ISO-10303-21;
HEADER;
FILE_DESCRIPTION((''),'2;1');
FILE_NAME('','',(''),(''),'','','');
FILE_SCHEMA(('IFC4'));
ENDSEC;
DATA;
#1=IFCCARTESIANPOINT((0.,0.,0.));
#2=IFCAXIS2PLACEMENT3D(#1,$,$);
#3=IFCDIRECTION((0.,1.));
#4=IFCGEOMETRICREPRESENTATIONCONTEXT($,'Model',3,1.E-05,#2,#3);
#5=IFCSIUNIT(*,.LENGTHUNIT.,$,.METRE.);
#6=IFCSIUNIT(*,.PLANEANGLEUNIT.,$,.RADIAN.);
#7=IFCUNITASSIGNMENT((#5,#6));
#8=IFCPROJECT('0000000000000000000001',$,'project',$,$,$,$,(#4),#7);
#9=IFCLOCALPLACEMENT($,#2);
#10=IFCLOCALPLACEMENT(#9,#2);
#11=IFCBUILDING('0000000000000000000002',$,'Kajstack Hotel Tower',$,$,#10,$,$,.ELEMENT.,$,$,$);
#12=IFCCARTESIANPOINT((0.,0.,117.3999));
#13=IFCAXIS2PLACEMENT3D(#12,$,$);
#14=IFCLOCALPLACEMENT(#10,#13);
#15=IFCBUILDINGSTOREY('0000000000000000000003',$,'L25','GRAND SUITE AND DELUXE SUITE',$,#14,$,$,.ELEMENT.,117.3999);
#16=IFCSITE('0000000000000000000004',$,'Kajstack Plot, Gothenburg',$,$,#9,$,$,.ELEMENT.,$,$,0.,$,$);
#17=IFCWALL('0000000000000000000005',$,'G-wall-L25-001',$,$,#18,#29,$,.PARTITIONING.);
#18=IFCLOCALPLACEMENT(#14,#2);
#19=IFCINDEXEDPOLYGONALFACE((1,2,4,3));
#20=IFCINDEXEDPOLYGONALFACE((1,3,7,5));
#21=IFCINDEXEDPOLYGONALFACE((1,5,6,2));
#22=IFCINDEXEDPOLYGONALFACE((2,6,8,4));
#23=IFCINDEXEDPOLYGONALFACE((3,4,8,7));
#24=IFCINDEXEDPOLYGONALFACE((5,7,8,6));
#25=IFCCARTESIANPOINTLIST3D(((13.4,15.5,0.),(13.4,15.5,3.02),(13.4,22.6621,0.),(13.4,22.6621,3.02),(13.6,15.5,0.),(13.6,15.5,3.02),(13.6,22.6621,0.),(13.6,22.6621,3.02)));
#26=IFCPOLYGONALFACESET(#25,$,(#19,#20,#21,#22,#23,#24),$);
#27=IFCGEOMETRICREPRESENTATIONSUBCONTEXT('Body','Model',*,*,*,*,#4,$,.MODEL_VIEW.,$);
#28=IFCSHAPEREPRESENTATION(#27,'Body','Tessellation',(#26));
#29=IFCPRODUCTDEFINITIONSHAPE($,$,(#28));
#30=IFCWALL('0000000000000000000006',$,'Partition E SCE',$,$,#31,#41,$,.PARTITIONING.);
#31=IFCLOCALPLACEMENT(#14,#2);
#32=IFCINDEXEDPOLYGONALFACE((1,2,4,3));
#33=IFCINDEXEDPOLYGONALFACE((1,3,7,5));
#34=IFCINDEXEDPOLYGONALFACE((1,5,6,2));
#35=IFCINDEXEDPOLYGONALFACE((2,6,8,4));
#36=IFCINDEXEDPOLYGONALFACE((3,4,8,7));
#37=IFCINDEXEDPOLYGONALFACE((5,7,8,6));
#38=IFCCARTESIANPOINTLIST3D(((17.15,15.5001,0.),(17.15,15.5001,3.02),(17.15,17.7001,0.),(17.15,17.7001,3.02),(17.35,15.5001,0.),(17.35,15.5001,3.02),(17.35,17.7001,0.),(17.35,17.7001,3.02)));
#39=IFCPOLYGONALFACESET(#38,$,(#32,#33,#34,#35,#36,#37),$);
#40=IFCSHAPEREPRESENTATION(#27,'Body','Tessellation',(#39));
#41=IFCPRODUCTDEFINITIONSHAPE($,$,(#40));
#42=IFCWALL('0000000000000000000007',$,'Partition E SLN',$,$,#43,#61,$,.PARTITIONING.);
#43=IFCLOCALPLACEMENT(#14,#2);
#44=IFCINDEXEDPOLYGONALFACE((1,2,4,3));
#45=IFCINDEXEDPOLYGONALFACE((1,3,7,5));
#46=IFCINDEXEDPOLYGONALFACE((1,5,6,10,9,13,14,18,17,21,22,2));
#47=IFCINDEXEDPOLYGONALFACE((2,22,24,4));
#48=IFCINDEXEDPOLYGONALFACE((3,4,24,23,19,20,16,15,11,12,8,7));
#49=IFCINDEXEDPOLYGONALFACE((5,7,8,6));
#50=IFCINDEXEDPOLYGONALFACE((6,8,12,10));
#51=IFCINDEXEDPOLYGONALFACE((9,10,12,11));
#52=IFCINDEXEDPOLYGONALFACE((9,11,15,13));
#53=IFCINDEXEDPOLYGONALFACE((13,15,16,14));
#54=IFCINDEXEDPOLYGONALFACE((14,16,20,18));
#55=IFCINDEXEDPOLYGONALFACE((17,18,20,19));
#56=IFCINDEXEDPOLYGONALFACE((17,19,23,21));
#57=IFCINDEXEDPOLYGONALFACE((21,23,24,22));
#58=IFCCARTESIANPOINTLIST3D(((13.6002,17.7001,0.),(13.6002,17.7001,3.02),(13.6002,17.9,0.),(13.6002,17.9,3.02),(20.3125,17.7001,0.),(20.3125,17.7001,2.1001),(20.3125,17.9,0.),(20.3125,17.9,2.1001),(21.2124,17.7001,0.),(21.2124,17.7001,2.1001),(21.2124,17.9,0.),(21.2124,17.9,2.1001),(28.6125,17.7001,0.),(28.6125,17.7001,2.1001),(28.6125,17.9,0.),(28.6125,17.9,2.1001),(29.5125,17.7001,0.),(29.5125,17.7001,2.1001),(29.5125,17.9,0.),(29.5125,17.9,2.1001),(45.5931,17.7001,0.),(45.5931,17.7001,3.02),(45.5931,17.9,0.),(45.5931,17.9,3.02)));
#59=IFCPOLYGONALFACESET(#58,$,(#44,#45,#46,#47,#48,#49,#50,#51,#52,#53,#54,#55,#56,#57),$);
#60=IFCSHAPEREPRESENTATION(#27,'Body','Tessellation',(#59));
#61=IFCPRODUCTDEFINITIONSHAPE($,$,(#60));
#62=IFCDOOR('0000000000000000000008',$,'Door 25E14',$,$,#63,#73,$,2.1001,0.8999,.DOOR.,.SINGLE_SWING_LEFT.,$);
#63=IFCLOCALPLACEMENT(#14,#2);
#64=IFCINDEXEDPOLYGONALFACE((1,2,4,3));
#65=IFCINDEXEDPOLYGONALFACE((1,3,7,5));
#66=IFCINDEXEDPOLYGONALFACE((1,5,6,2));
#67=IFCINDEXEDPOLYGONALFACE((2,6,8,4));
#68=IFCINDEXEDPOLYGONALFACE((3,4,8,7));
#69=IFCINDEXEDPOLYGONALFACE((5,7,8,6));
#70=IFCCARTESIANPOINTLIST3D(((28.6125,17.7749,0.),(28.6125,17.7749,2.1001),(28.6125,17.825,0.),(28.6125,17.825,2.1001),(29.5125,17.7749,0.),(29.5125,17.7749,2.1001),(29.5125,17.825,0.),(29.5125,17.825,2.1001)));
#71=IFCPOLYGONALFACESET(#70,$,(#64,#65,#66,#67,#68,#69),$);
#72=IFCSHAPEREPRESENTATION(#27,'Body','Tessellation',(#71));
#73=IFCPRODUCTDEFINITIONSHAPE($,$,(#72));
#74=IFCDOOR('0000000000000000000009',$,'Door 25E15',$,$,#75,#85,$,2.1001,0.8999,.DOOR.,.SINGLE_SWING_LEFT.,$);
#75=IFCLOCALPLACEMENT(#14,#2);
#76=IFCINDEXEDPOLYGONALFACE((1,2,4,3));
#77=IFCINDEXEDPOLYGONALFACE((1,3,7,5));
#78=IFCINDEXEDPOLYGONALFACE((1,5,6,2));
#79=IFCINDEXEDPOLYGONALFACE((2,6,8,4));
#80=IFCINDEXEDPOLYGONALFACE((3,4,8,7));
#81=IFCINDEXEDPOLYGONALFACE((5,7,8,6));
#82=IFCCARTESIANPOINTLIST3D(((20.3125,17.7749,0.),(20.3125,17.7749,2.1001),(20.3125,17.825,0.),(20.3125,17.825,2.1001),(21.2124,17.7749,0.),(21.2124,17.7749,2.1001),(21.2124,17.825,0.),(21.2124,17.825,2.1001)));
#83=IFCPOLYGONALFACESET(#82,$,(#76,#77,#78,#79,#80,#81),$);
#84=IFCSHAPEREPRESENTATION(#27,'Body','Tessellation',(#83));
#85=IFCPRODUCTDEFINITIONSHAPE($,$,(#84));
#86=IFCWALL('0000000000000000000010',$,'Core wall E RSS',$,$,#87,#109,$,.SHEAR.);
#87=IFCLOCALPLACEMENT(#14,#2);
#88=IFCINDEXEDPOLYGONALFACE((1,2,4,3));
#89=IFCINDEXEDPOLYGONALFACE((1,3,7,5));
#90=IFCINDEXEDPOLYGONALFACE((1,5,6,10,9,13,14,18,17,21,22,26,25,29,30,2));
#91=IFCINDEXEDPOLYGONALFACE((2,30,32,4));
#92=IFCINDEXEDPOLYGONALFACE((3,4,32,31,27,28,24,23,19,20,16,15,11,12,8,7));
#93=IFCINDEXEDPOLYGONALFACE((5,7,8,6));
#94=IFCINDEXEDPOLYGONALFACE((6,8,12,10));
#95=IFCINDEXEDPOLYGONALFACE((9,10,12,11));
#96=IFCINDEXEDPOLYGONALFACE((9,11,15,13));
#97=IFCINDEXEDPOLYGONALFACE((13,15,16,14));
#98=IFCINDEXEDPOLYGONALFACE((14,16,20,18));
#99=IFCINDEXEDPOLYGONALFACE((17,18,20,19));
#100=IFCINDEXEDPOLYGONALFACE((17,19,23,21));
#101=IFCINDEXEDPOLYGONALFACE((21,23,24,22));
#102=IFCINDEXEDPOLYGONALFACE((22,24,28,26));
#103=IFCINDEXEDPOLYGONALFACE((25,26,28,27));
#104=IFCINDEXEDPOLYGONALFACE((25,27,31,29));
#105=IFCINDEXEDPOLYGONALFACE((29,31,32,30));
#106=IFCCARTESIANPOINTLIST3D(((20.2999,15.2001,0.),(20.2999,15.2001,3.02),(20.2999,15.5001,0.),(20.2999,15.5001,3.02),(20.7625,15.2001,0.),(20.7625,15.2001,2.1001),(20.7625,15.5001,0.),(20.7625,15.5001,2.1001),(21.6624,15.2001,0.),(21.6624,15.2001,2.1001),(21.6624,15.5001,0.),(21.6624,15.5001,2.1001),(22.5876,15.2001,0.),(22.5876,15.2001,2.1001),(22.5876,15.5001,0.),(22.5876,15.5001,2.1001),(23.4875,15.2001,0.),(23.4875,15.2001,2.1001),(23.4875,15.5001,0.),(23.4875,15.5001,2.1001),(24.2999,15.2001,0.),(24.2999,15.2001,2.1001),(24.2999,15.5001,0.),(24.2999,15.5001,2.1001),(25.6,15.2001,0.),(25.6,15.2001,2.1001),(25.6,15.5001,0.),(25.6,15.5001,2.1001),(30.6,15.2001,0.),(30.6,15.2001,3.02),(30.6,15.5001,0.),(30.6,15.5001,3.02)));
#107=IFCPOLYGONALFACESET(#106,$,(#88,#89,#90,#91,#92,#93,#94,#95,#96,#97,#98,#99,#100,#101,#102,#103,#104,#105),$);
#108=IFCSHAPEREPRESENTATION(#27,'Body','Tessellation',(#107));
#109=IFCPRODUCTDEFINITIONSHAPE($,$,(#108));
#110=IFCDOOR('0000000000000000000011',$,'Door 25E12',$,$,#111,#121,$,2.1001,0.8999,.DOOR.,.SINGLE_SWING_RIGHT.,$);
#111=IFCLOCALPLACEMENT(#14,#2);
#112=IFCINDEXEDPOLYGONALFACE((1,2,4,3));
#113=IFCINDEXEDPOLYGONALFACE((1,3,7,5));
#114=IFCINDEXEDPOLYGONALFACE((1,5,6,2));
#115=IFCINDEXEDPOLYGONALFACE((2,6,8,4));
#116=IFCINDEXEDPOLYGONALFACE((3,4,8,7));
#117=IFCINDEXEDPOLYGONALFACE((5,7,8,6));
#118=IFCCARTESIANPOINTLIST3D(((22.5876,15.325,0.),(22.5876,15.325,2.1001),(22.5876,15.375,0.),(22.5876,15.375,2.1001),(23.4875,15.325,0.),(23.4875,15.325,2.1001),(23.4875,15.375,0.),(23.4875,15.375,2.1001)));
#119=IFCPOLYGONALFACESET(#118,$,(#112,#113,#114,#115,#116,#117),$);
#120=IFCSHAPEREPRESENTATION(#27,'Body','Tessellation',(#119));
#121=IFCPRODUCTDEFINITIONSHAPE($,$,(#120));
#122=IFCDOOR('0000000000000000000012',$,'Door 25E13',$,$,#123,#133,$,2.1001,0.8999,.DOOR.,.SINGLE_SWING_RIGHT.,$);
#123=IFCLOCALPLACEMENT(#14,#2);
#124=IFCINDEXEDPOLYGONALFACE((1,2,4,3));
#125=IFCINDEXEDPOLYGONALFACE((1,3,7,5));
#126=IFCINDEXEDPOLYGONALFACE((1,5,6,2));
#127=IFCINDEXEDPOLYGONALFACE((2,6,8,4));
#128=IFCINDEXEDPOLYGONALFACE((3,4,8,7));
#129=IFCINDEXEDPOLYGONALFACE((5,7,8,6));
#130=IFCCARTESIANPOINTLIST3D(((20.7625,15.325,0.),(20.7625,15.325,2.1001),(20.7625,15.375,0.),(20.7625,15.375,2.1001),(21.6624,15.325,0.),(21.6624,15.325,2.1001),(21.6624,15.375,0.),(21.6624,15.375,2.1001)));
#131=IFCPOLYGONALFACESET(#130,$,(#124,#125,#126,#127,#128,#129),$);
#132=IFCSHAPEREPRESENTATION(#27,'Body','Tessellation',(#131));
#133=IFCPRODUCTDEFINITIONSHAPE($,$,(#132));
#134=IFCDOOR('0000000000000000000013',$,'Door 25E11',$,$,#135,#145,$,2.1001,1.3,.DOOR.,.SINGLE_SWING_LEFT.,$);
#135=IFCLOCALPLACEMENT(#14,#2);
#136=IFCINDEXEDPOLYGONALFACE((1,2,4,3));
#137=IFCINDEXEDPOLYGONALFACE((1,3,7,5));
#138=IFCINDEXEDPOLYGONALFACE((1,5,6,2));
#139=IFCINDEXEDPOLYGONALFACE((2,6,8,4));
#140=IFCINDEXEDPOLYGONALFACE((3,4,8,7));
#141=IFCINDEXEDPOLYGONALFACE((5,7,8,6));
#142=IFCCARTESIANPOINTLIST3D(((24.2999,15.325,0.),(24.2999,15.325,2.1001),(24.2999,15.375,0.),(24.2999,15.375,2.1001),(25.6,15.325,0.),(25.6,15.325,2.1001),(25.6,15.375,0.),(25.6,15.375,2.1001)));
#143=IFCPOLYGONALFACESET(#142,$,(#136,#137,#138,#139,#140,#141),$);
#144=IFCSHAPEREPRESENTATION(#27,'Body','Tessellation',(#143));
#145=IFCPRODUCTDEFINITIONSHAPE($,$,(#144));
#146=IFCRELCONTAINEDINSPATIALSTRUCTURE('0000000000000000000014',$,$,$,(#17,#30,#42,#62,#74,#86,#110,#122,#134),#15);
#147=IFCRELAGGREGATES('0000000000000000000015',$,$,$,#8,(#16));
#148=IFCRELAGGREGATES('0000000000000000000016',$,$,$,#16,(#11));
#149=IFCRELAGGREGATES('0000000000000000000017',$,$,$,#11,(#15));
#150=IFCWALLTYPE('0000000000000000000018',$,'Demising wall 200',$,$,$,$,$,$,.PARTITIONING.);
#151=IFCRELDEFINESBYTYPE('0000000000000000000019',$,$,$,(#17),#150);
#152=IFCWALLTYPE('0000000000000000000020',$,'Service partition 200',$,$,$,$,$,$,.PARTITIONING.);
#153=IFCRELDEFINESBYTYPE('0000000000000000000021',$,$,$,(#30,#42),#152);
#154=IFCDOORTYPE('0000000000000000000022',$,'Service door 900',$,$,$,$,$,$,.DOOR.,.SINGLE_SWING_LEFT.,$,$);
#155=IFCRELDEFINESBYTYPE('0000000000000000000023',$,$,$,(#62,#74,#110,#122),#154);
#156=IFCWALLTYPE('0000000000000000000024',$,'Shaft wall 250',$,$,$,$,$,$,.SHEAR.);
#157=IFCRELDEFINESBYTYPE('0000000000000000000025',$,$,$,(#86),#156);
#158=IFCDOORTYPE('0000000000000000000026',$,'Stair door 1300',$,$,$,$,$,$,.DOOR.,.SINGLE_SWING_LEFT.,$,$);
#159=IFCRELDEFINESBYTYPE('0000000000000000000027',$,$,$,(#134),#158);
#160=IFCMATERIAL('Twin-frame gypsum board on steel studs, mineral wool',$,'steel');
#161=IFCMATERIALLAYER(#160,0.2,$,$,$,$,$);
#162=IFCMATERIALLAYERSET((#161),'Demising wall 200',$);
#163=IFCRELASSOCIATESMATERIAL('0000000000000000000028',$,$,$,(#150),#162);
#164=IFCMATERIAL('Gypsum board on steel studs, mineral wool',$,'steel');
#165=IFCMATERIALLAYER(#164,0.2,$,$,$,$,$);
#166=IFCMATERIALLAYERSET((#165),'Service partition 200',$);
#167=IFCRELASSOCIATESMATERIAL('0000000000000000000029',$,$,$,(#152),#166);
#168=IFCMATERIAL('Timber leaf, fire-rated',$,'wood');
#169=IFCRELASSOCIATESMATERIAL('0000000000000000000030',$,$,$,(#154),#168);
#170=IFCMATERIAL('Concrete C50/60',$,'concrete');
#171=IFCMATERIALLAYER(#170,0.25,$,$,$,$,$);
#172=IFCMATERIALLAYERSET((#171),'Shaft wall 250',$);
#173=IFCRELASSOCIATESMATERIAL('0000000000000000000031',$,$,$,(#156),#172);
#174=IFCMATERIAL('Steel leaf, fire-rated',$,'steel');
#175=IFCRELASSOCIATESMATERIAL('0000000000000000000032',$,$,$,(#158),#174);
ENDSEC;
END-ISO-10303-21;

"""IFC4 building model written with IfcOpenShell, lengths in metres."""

from ifc_helpers import new_model, si_unit, direction, frame, frame_2d, origin, place, context, subcontext, project, spatial, rectangle, extrude, material, layer, layer_set, type_object, element, fill, save


model = new_model("IFC4")

# Units and contexts
model_context = context("Model", 3, precision=1e-05, world=origin(), true_north=direction((0.0, 1.0)))
body_context = subcontext(model_context, "Body", "Model", "MODEL_VIEW")
ifc_project = project(units=[si_unit("LENGTHUNIT", "METRE"), si_unit("PLANEANGLEUNIT", "RADIAN")], contexts=[model_context])

# Site, building, storey
site_placement = place(None, origin())
site = spatial("IfcSite", under=ifc_project, at=site_placement, Name="Kajstack Plot, Gothenburg", CompositionType="ELEMENT", RefElevation=0.0)
building_placement = place(site_placement, origin())
building = spatial("IfcBuilding", under=site, at=building_placement, Name="Kajstack Hotel Tower", CompositionType="ELEMENT")
storey_placement = place(building_placement, frame((0.0, 0.0, 117.3999)))
storey = spatial("IfcBuildingStorey", under=building, at=storey_placement, Name="L25", Description="GRAND SUITE AND DELUXE SUITE", CompositionType="ELEMENT", Elevation=117.3999)

# Wall
ifc_material_1 = material(Name="Twin-frame gypsum board on steel studs, mineral wool", Category="steel")
ifc_layer_1 = layer(ifc_material_1, 0.2)
ifc_layer_set_1 = layer_set([ifc_layer_1], Name="Demising wall 200")
wall_type_1 = type_object("IfcWallType", Name="Demising wall 200", PredefinedType="PARTITIONING", material=ifc_layer_set_1)
wall_1_placement = place(storey_placement, frame((13.5, 15.5, 0.0), z_axis=(0.0, 0.0, 1.0), x_axis=(0.0, 1.0, 0.0)))
element("IfcWall", 1, at=wall_1_placement, inside=storey, type_object=wall_type_1, Name="G-wall-L25-001", PredefinedType="PARTITIONING", context=body_context, shape_type="SweptSolid", body=[
    extrude(rectangle(XDim=7.1621, YDim=0.2, at=frame_2d((3.5811, 0.0))), origin(), (0.0, 0.0, 1.0), 3.02),
])

# Wall
ifc_material_2 = material(Name="Gypsum board on steel studs, mineral wool", Category="steel")
ifc_layer_2 = layer(ifc_material_2, 0.2)
ifc_layer_set_2 = layer_set([ifc_layer_2], Name="Service partition 200")
wall_type_2 = type_object("IfcWallType", Name="Service partition 200", PredefinedType="PARTITIONING", material=ifc_layer_set_2)
wall_2_placement = place(storey_placement, frame((17.25, 15.5, 0.0), z_axis=(0.0, 0.0, 1.0), x_axis=(0.0, 1.0, 0.0)))
element("IfcWall", 2, at=wall_2_placement, inside=storey, type_object=wall_type_2, Name="Partition E SCE", PredefinedType="PARTITIONING", context=body_context, shape_type="SweptSolid", body=[
    extrude(rectangle(XDim=2.2, YDim=0.2, at=frame_2d((1.1001, 0.0))), origin(), (0.0, 0.0, 1.0), 3.02),
])

# Walls, openings, doors
wall_3_placement = place(storey_placement, frame((13.6001, 17.8, 0.0), z_axis=(0.0, 0.0, 1.0), x_axis=(1.0, 0.0, 0.0)))
wall_3 = element("IfcWall", 3, at=wall_3_placement, inside=storey, type_object=wall_type_2, Name="Partition E SLN", PredefinedType="PARTITIONING", context=body_context, shape_type="SweptSolid", body=[
    extrude(rectangle(XDim=31.9929, YDim=0.2, at=frame_2d((15.9966, 0.0))), origin(), (0.0, 0.0, 1.0), 3.02),
])
opening_1_placement = place(wall_3_placement, frame((15.0125, 0.0, 0.0)))
opening_1 = element("IfcOpeningElement", 4, at=opening_1_placement, cuts=wall_3, PredefinedType="OPENING", context=body_context, shape_type="SweptSolid", body=[
    extrude(rectangle(XDim=0.8999, YDim=2.1001, at=frame_2d((0.45, 1.05))), frame((0.0, 0.1099, 0.0), z_axis=(0.0, -1.0, 0.0), x_axis=(1.0, 0.0, 0.0)), (0.0, 0.0, 1.0), 0.22),
])
opening_2_placement = place(wall_3_placement, frame((6.7124, 0.0, 0.0)))
opening_2 = element("IfcOpeningElement", 5, at=opening_2_placement, cuts=wall_3, PredefinedType="OPENING", context=body_context, shape_type="SweptSolid", body=[
    extrude(rectangle(XDim=0.8999, YDim=2.1001, at=frame_2d((0.45, 1.05))), frame((0.0, 0.1099, 0.0), z_axis=(0.0, -1.0, 0.0), x_axis=(1.0, 0.0, 0.0)), (0.0, 0.0, 1.0), 0.22),
])
ifc_material_3 = material(Name="Timber leaf, fire-rated", Category="wood")
door_type_1 = type_object("IfcDoorType", Name="Service door 900", OperationType="SINGLE_SWING_LEFT", PredefinedType="DOOR", material=ifc_material_3)
door_1_placement = place(opening_1_placement, origin())
door_1 = element("IfcDoor", 6, at=door_1_placement, inside=storey, type_object=door_type_1, Name="Door 25E14", OperationType="SINGLE_SWING_LEFT", OverallHeight=2.1001, OverallWidth=0.8999, PredefinedType="DOOR", context=body_context, shape_type="SweptSolid", body=[
    extrude(rectangle(XDim=0.8999, YDim=2.1001, at=frame_2d((0.45, 1.05))), frame((0.0, 0.0249, 0.0), z_axis=(0.0, -1.0, 0.0), x_axis=(1.0, 0.0, 0.0)), (0.0, 0.0, 1.0), 0.05),
])
fill(opening_1, door_1)
door_2_placement = place(opening_2_placement, origin())
door_2 = element("IfcDoor", 7, at=door_2_placement, inside=storey, type_object=door_type_1, Name="Door 25E15", OperationType="SINGLE_SWING_LEFT", OverallHeight=2.1001, OverallWidth=0.8999, PredefinedType="DOOR", context=body_context, shape_type="SweptSolid", body=[
    extrude(rectangle(XDim=0.8999, YDim=2.1001, at=frame_2d((0.45, 1.05))), frame((0.0, 0.0249, 0.0), z_axis=(0.0, -1.0, 0.0), x_axis=(1.0, 0.0, 0.0)), (0.0, 0.0, 1.0), 0.05),
])
fill(opening_2, door_2)
ifc_material_4 = material(Name="Concrete C50/60", Category="concrete")
ifc_layer_3 = layer(ifc_material_4, 0.25)
ifc_layer_set_3 = layer_set([ifc_layer_3], Name="Shaft wall 250")
wall_type_3 = type_object("IfcWallType", Name="Shaft wall 250", PredefinedType="SHEAR", material=ifc_layer_set_3)
wall_4_placement = place(storey_placement, frame((20.3, 15.3501, 0.0), z_axis=(0.0, 0.0, 1.0), x_axis=(1.0, 0.0, 0.0)))
wall_4 = element("IfcWall", 8, at=wall_4_placement, inside=storey, type_object=wall_type_3, Name="Core wall E RSS", PredefinedType="SHEAR", context=body_context, shape_type="SweptSolid", body=[
    extrude(rectangle(XDim=10.3, YDim=0.3, at=frame_2d((5.1499, 0.0))), origin(), (0.0, 0.0, 1.0), 3.02),
])
opening_3_placement = place(wall_4_placement, frame((4.0, 0.0, 0.0)))
opening_3 = element("IfcOpeningElement", 9, at=opening_3_placement, cuts=wall_4, PredefinedType="OPENING", context=body_context, shape_type="SweptSolid", body=[
    extrude(rectangle(XDim=1.3, YDim=2.1001, at=frame_2d((0.6499, 1.05))), frame((0.0, 0.1599, 0.0), z_axis=(0.0, -1.0, 0.0), x_axis=(1.0, 0.0, 0.0)), (0.0, 0.0, 1.0), 0.3201),
])
opening_4_placement = place(wall_4_placement, frame((2.2876, 0.0, 0.0)))
opening_4 = element("IfcOpeningElement", 10, at=opening_4_placement, cuts=wall_4, PredefinedType="OPENING", context=body_context, shape_type="SweptSolid", body=[
    extrude(rectangle(XDim=0.8999, YDim=2.1001, at=frame_2d((0.45, 1.05))), frame((0.0, 0.1599, 0.0), z_axis=(0.0, -1.0, 0.0), x_axis=(1.0, 0.0, 0.0)), (0.0, 0.0, 1.0), 0.3201),
])
opening_5_placement = place(wall_4_placement, frame((0.4624, 0.0, 0.0)))
opening_5 = element("IfcOpeningElement", 11, at=opening_5_placement, cuts=wall_4, PredefinedType="OPENING", context=body_context, shape_type="SweptSolid", body=[
    extrude(rectangle(XDim=0.8999, YDim=2.1001, at=frame_2d((0.45, 1.05))), frame((0.0, 0.1599, 0.0), z_axis=(0.0, -1.0, 0.0), x_axis=(1.0, 0.0, 0.0)), (0.0, 0.0, 1.0), 0.3201),
])
door_3_placement = place(opening_4_placement, origin())
door_3 = element("IfcDoor", 12, at=door_3_placement, inside=storey, type_object=door_type_1, Name="Door 25E12", OperationType="SINGLE_SWING_RIGHT", OverallHeight=2.1001, OverallWidth=0.8999, PredefinedType="DOOR", context=body_context, shape_type="SweptSolid", body=[
    extrude(rectangle(XDim=0.8999, YDim=2.1001, at=frame_2d((0.45, 1.05))), frame((0.0, 0.0249, 0.0), z_axis=(0.0, -1.0, 0.0), x_axis=(1.0, 0.0, 0.0)), (0.0, 0.0, 1.0), 0.05),
])
fill(opening_4, door_3)
door_4_placement = place(opening_5_placement, origin())
door_4 = element("IfcDoor", 13, at=door_4_placement, inside=storey, type_object=door_type_1, Name="Door 25E13", OperationType="SINGLE_SWING_RIGHT", OverallHeight=2.1001, OverallWidth=0.8999, PredefinedType="DOOR", context=body_context, shape_type="SweptSolid", body=[
    extrude(rectangle(XDim=0.8999, YDim=2.1001, at=frame_2d((0.45, 1.05))), frame((0.0, 0.0249, 0.0), z_axis=(0.0, -1.0, 0.0), x_axis=(1.0, 0.0, 0.0)), (0.0, 0.0, 1.0), 0.05),
])
fill(opening_5, door_4)
ifc_material_5 = material(Name="Steel leaf, fire-rated", Category="steel")
door_type_2 = type_object("IfcDoorType", Name="Stair door 1300", OperationType="SINGLE_SWING_LEFT", PredefinedType="DOOR", material=ifc_material_5)
door_5_placement = place(opening_3_placement, origin())
door_5 = element("IfcDoor", 14, at=door_5_placement, inside=storey, type_object=door_type_2, Name="Door 25E11", OperationType="SINGLE_SWING_LEFT", OverallHeight=2.1001, OverallWidth=1.3, PredefinedType="DOOR", context=body_context, shape_type="SweptSolid", body=[
    extrude(rectangle(XDim=1.3, YDim=2.1001, at=frame_2d((0.6499, 1.05))), frame((0.0, 0.0249, 0.0), z_axis=(0.0, -1.0, 0.0), x_axis=(1.0, 0.0, 0.0)), (0.0, 0.0, 1.0), 0.05),
])
fill(opening_3, door_5)

save(model, "model.ifc")
